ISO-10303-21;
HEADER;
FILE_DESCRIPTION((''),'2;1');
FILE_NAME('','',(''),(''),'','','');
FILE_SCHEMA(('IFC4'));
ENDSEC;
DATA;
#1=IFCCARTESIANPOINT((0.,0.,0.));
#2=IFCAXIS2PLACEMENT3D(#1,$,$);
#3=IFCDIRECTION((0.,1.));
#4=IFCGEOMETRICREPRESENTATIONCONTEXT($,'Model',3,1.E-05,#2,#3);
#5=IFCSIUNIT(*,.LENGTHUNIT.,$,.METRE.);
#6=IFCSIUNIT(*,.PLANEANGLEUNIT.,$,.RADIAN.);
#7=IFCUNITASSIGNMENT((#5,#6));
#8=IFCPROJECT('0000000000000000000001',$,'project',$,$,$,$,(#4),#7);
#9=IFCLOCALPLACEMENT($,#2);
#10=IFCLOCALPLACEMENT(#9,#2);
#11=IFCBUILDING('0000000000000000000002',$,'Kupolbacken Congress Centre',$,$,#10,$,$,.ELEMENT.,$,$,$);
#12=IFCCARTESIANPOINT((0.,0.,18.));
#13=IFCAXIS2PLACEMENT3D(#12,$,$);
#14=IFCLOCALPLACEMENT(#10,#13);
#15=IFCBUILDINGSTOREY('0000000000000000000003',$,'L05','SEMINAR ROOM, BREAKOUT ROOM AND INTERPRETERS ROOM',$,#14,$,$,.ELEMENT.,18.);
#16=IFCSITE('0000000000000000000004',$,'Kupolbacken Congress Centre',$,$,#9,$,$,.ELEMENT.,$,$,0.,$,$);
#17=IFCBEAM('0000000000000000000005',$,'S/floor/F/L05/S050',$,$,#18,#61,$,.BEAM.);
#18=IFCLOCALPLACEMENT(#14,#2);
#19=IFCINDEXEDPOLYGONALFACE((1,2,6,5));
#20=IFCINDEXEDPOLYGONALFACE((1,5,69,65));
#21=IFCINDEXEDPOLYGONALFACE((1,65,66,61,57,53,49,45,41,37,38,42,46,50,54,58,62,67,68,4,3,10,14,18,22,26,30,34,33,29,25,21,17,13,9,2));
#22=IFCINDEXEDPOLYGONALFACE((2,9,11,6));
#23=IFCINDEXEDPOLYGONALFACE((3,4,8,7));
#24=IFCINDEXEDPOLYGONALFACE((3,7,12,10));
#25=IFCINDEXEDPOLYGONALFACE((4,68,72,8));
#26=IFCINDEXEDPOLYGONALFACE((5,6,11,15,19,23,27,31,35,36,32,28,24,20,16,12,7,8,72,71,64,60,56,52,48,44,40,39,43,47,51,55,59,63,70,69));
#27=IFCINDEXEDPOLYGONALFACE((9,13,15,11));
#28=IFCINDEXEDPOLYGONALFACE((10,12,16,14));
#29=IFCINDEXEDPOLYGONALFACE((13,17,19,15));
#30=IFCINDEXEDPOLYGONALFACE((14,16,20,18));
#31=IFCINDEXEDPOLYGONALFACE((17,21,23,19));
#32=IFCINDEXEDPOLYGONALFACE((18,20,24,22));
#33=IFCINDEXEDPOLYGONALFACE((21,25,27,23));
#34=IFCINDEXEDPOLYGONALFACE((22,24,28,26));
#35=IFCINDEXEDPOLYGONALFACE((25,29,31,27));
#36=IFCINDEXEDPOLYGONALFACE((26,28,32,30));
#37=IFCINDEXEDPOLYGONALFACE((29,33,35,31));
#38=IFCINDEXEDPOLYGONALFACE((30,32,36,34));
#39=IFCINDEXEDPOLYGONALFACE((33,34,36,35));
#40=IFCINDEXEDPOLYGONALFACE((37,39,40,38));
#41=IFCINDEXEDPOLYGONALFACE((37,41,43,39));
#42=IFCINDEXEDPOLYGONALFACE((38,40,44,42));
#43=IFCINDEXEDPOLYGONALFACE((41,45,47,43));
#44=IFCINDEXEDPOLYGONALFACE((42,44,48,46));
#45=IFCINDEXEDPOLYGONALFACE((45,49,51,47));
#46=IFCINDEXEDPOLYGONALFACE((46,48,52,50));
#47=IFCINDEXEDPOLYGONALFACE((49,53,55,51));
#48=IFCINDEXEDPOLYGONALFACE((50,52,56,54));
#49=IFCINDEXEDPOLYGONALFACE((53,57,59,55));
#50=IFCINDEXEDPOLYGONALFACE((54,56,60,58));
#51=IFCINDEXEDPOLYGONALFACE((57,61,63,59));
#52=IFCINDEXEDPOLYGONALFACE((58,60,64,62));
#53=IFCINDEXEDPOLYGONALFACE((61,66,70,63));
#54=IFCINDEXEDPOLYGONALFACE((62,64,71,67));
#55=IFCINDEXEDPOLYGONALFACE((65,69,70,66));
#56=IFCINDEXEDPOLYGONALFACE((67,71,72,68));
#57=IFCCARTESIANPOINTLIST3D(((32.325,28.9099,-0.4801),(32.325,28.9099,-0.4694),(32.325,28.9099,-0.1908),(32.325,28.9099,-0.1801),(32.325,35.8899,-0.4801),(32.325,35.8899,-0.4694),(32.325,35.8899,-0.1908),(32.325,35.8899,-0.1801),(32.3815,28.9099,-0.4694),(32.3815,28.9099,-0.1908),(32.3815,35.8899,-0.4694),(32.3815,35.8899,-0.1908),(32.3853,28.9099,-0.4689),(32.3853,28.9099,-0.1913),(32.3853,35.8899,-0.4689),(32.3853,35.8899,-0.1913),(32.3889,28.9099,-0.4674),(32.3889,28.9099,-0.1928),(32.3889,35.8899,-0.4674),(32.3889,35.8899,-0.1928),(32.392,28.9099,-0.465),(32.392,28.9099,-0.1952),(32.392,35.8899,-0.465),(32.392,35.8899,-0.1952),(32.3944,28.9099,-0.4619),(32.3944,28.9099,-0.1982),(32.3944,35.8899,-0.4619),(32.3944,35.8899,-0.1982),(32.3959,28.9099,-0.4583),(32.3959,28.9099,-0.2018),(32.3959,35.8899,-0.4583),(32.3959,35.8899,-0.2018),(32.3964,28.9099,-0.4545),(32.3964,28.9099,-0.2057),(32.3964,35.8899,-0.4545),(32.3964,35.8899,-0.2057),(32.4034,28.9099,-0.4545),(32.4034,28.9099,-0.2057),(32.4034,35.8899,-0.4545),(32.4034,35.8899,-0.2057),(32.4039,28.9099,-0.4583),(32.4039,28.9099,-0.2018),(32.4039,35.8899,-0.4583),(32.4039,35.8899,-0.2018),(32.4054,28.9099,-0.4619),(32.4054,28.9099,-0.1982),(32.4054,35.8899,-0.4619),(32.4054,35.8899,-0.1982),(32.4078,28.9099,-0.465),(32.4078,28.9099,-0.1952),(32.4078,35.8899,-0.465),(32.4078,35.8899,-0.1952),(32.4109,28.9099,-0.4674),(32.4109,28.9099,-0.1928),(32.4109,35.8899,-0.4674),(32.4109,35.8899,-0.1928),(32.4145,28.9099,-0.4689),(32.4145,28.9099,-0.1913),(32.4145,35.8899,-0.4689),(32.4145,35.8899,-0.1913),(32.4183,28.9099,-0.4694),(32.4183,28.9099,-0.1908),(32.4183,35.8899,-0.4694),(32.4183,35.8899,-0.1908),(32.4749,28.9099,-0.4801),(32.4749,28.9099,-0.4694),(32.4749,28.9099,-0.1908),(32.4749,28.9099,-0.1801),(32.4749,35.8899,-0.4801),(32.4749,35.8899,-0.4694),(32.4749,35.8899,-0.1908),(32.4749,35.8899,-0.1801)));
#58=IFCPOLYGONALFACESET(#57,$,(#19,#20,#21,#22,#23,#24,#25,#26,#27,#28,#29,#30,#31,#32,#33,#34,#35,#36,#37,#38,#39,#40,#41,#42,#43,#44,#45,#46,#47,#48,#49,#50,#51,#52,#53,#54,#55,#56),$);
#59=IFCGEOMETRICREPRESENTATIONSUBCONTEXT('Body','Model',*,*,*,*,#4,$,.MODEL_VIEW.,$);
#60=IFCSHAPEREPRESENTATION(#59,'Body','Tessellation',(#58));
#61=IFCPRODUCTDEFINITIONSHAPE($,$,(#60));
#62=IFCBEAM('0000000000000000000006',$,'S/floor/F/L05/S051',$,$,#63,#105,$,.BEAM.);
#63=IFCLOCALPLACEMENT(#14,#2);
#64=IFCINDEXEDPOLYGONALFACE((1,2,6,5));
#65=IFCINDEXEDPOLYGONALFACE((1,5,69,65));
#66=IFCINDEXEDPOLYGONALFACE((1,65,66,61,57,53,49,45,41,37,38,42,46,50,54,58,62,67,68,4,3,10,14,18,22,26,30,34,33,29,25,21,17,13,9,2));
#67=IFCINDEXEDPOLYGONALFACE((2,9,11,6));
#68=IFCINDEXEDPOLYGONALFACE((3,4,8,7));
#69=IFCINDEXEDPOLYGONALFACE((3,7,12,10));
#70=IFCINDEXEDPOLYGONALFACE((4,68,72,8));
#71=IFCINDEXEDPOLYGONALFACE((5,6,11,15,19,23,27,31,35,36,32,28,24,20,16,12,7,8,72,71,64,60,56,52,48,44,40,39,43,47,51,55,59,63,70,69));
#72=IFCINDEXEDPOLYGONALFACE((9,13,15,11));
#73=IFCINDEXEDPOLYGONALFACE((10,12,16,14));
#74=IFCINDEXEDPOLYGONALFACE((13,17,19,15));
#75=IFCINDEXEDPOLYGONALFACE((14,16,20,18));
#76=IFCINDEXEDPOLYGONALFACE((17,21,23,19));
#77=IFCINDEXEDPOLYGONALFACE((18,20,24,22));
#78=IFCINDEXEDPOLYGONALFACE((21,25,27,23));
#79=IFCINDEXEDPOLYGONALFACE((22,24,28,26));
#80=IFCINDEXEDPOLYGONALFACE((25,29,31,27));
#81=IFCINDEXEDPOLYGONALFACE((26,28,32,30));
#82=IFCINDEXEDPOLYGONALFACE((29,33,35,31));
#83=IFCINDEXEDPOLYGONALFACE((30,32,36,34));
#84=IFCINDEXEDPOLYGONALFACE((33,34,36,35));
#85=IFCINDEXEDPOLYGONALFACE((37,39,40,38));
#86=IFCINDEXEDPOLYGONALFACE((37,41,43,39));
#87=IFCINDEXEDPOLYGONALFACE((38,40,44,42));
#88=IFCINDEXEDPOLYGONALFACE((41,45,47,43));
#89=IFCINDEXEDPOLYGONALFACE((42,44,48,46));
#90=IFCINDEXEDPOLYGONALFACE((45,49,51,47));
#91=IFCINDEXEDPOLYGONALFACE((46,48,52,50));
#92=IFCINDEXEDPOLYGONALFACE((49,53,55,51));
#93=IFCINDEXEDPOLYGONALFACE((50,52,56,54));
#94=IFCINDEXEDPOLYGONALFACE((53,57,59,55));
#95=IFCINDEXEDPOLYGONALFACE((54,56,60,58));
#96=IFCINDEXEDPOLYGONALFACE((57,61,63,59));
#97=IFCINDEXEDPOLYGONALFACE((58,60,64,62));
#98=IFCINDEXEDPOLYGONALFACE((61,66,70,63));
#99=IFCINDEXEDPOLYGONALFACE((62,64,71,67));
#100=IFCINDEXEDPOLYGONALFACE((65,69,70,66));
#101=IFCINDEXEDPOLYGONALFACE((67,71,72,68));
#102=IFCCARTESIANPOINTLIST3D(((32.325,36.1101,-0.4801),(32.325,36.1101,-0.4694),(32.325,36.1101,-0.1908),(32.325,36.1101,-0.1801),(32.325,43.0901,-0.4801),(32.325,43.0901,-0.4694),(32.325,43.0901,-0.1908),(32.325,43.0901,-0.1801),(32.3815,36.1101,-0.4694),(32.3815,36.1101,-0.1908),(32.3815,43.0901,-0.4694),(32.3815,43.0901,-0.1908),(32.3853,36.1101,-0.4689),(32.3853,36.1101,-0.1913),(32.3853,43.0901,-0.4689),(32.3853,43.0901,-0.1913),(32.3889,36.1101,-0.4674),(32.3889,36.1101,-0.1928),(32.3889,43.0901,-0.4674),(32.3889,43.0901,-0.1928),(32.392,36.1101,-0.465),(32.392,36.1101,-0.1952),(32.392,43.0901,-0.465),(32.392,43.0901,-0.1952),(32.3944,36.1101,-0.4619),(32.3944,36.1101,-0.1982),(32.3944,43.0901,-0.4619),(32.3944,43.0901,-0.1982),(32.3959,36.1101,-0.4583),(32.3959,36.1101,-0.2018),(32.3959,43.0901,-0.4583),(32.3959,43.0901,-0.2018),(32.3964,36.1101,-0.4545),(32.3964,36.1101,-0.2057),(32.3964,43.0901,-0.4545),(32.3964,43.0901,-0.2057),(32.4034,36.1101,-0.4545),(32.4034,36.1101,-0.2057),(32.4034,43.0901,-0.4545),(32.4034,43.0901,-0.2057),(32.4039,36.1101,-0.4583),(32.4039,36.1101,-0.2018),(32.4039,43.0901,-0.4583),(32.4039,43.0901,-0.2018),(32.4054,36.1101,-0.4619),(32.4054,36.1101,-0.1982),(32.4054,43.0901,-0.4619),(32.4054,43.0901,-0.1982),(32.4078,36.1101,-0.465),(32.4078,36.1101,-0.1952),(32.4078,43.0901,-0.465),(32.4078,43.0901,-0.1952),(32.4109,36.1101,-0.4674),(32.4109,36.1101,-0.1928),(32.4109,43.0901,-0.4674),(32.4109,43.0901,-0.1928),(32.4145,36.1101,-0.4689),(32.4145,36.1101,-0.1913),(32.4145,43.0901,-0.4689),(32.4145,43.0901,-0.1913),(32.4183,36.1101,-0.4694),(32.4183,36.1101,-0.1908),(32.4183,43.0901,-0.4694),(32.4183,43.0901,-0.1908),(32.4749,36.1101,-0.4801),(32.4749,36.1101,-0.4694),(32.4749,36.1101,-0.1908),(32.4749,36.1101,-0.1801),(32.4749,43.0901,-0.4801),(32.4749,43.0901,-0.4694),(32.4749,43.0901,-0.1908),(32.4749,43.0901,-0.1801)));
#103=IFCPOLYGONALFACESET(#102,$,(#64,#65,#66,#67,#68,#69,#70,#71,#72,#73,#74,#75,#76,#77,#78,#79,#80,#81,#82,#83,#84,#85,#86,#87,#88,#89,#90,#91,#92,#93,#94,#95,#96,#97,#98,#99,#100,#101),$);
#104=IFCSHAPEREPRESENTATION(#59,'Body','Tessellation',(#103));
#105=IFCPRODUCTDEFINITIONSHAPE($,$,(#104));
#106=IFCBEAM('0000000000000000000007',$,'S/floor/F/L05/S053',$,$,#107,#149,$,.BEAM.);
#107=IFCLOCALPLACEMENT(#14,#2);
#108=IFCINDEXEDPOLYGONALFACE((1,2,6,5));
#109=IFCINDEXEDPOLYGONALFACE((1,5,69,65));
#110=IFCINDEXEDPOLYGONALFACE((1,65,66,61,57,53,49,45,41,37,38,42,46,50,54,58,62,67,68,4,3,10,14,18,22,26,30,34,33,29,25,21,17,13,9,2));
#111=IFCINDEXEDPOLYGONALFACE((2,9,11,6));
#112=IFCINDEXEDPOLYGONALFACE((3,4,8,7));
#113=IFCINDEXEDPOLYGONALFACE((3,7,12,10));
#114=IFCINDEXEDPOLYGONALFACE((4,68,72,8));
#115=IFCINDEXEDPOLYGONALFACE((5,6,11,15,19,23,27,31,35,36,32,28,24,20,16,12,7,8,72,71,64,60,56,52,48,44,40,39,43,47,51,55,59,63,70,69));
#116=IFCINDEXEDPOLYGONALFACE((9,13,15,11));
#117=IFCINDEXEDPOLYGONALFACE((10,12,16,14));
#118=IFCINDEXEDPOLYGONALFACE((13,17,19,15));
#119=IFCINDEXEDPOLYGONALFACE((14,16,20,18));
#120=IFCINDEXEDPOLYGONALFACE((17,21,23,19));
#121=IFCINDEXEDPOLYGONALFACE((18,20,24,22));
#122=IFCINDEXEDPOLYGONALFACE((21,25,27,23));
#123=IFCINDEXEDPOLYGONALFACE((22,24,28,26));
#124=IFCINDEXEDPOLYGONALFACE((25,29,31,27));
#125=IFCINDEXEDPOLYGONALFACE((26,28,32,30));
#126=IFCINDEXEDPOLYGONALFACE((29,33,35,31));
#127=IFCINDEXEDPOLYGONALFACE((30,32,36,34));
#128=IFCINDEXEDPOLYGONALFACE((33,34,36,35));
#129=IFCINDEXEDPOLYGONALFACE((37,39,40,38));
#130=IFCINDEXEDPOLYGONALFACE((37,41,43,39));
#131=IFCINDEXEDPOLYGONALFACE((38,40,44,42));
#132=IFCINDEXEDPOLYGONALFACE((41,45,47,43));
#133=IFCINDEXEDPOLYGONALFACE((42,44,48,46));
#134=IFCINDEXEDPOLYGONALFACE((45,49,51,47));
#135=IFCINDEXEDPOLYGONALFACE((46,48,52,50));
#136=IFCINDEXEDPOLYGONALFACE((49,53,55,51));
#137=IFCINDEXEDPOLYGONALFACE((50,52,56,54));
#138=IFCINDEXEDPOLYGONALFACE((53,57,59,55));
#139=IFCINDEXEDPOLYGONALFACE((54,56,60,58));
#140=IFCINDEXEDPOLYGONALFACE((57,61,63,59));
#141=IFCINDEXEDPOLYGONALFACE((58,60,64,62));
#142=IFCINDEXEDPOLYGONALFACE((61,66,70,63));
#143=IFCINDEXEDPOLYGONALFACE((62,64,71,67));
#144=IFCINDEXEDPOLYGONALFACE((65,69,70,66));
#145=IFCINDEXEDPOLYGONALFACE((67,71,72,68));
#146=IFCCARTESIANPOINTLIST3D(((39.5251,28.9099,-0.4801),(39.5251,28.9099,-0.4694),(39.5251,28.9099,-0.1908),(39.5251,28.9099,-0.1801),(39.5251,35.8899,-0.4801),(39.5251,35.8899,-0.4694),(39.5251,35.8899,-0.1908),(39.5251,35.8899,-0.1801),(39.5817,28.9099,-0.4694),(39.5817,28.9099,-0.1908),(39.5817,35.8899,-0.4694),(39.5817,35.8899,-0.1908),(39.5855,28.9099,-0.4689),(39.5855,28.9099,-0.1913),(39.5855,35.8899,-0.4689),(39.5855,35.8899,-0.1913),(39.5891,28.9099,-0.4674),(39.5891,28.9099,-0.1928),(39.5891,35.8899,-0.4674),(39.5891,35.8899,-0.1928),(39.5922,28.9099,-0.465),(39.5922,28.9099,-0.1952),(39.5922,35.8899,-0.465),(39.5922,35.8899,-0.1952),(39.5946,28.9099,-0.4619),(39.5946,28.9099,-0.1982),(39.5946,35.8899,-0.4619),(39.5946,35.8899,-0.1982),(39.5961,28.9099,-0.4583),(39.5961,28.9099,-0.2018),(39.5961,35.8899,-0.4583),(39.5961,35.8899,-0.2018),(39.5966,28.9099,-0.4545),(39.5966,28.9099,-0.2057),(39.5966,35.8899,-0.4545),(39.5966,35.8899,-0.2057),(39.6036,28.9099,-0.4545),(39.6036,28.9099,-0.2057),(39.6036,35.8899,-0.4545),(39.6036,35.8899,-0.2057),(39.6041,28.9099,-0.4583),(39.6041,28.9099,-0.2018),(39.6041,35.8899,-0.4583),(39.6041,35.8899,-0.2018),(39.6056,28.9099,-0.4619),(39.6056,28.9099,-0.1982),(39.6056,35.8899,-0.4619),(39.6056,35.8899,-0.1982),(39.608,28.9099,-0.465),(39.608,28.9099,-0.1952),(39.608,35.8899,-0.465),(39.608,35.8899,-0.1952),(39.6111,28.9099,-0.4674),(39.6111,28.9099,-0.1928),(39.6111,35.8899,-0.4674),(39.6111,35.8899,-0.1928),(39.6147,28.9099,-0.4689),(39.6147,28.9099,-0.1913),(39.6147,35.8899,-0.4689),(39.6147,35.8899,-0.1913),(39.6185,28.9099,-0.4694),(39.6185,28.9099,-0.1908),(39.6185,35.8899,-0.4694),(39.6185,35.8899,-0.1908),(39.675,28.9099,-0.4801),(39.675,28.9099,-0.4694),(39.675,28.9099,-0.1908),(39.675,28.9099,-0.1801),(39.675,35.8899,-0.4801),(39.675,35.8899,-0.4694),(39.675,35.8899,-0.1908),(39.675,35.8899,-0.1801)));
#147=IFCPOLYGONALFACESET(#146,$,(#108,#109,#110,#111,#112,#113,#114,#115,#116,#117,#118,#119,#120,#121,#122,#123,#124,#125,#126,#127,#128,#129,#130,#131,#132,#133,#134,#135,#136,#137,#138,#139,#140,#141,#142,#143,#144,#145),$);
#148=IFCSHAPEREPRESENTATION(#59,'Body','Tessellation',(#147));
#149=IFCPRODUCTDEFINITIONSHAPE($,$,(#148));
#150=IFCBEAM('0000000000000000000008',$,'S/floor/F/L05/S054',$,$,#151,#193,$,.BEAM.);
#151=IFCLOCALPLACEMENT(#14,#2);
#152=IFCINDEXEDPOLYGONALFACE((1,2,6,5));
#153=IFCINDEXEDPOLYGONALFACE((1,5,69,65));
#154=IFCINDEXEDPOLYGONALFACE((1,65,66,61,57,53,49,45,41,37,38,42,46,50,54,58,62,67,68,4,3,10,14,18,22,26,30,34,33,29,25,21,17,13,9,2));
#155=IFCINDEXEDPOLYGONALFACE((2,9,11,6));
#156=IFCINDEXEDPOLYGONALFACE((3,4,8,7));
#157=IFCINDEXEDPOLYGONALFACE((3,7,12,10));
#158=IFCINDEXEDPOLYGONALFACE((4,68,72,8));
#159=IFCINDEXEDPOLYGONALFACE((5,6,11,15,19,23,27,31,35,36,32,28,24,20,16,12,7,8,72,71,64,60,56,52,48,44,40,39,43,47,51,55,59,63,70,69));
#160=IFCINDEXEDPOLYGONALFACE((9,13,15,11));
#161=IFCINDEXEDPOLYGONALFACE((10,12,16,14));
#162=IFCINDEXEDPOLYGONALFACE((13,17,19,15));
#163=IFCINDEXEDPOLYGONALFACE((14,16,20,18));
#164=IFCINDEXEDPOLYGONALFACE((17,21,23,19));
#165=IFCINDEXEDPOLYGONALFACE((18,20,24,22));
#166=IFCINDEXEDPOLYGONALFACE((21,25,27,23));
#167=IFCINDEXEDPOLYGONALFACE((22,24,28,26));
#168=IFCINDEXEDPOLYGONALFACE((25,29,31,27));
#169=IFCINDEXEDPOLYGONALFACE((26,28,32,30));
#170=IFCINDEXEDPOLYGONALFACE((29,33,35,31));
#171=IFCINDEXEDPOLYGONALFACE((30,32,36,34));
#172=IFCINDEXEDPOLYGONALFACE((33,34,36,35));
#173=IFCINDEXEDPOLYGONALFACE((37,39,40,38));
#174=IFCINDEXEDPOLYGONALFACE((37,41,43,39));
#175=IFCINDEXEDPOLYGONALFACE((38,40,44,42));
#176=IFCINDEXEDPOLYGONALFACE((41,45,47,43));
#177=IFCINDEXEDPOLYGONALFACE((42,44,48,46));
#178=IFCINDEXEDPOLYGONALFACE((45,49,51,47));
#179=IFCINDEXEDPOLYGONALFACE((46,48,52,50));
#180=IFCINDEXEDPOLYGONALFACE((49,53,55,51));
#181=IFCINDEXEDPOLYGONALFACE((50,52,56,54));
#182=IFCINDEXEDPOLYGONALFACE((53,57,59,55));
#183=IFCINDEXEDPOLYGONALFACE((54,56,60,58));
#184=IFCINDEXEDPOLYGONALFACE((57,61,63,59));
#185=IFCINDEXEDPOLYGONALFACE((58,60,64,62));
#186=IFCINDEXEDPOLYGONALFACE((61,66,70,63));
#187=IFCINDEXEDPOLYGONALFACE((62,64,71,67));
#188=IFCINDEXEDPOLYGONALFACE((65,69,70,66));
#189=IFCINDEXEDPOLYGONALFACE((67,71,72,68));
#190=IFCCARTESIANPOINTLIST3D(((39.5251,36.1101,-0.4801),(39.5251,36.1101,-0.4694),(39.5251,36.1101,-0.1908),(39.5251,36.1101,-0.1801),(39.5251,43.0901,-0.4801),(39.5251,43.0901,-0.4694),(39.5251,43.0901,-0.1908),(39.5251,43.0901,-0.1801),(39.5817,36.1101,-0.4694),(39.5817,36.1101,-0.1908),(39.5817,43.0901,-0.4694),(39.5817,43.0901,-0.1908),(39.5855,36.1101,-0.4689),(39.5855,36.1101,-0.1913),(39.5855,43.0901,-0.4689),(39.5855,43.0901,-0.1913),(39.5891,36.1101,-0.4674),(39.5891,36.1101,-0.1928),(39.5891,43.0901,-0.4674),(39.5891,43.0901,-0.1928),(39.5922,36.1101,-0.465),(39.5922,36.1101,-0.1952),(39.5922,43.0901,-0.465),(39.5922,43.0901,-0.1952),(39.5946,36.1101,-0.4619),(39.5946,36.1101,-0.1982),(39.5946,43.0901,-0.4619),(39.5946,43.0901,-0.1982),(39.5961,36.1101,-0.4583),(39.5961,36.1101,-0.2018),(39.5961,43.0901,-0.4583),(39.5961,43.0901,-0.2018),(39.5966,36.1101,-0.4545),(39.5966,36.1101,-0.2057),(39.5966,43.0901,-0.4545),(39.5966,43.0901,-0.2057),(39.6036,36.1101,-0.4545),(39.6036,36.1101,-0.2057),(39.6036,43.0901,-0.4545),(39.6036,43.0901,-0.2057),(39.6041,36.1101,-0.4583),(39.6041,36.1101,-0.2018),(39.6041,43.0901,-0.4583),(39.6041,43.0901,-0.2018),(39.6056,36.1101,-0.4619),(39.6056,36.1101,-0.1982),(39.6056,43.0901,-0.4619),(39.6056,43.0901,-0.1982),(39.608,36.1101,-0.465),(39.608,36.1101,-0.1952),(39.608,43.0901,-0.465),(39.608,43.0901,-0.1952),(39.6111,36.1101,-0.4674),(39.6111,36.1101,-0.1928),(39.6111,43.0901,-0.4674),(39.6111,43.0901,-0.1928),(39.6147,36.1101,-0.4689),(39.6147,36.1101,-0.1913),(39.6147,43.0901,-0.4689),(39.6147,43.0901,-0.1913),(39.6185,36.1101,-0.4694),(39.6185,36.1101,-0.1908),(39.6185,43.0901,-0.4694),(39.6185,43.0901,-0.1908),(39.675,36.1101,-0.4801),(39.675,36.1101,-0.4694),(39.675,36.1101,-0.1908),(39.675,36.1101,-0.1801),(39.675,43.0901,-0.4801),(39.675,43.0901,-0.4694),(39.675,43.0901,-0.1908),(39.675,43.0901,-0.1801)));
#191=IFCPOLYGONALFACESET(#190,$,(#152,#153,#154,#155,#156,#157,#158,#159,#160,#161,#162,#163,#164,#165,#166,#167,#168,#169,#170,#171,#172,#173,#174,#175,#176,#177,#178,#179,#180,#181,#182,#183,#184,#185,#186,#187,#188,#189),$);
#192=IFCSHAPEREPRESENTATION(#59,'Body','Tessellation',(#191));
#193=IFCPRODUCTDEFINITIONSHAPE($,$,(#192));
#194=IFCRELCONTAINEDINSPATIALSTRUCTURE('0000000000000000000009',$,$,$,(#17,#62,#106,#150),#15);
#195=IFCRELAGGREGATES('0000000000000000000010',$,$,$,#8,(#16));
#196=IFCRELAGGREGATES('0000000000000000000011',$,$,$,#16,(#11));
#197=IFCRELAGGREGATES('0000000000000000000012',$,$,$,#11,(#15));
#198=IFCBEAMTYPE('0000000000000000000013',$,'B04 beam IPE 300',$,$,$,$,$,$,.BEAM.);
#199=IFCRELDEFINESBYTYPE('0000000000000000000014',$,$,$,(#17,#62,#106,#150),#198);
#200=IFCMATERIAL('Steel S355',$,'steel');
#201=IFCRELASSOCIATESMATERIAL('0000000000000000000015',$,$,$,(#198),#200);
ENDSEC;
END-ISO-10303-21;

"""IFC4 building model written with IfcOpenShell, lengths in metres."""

from ifc_helpers import new_model, si_unit, direction, frame, origin, origin_2d, place, context, subcontext, project, spatial, i_section, extrude, material, material_profile, profile_set, type_object, element, save


model = new_model("IFC4")

# Units and contexts
model_context = context("Model", 3, precision=1e-05, world=origin(), true_north=direction((0.0, 1.0)))
body_context = subcontext(model_context, "Body", "Model", "MODEL_VIEW")
ifc_project = project(units=[si_unit("LENGTHUNIT", "METRE"), si_unit("PLANEANGLEUNIT", "RADIAN")], contexts=[model_context])

# Site, building, storey
site_placement = place(None, origin())
site = spatial("IfcSite", under=ifc_project, at=site_placement, Name="Kupolbacken Congress Centre", CompositionType="ELEMENT", RefElevation=0.0)
building_placement = place(site_placement, origin())
building = spatial("IfcBuilding", under=site, at=building_placement, Name="Kupolbacken Congress Centre", CompositionType="ELEMENT")
storey_placement = place(building_placement, frame((0.0, 0.0, 18.0)))
storey = spatial("IfcBuildingStorey", under=building, at=storey_placement, Name="L05", Description="SEMINAR ROOM, BREAKOUT ROOM AND INTERPRETERS ROOM", CompositionType="ELEMENT", Elevation=18.0)

# Beams
ifc_material_1 = material(Name="Steel S355", Category="steel")
ifc_material_profile_1 = material_profile(ifc_material_1, i_section(OverallWidth=0.1499, OverallDepth=0.3, WebThickness=0.0071, FlangeThickness=0.0107, FilletRadius=0.0149, at=origin_2d()), Name="IPE 300")
ifc_profile_set_1 = profile_set([ifc_material_profile_1], Name="Steel S355")
beam_type_1 = type_object("IfcBeamType", Name="B04 beam IPE 300", PredefinedType="BEAM", material=ifc_profile_set_1)
for number, where, z_axis, x_axis, name in (
    (1, (32.3999, 28.9099, -0.3301), (0.0, 1.0, 0.0), (-1.0, 0.0, 0.0), "S/floor/F/L05/S050"),
    (2, (32.3999, 36.1101, -0.3301), (0.0, 1.0, 0.0), (-1.0, 0.0, 0.0), "S/floor/F/L05/S051"),
    (3, (39.6001, 28.9099, -0.3301), (0.0, 1.0, 0.0), (-1.0, 0.0, 0.0), "S/floor/F/L05/S053"),
    (4, (39.6001, 36.1101, -0.3301), (0.0, 1.0, 0.0), (-1.0, 0.0, 0.0), "S/floor/F/L05/S054"),
):
    element("IfcBeam", number, at=place(storey_placement, frame(where, z_axis=z_axis, x_axis=x_axis)), inside=storey, type_object=beam_type_1, Name=name, PredefinedType="BEAM", context=body_context, shape_type="SweptSolid", body=[
        extrude(i_section(OverallWidth=0.1499, OverallDepth=0.3, WebThickness=0.0071, FlangeThickness=0.0107, FilletRadius=0.0149, at=origin_2d()), origin(), (0.0, 0.0, 1.0), 6.98),
    ])

save(model, "model.ifc")
